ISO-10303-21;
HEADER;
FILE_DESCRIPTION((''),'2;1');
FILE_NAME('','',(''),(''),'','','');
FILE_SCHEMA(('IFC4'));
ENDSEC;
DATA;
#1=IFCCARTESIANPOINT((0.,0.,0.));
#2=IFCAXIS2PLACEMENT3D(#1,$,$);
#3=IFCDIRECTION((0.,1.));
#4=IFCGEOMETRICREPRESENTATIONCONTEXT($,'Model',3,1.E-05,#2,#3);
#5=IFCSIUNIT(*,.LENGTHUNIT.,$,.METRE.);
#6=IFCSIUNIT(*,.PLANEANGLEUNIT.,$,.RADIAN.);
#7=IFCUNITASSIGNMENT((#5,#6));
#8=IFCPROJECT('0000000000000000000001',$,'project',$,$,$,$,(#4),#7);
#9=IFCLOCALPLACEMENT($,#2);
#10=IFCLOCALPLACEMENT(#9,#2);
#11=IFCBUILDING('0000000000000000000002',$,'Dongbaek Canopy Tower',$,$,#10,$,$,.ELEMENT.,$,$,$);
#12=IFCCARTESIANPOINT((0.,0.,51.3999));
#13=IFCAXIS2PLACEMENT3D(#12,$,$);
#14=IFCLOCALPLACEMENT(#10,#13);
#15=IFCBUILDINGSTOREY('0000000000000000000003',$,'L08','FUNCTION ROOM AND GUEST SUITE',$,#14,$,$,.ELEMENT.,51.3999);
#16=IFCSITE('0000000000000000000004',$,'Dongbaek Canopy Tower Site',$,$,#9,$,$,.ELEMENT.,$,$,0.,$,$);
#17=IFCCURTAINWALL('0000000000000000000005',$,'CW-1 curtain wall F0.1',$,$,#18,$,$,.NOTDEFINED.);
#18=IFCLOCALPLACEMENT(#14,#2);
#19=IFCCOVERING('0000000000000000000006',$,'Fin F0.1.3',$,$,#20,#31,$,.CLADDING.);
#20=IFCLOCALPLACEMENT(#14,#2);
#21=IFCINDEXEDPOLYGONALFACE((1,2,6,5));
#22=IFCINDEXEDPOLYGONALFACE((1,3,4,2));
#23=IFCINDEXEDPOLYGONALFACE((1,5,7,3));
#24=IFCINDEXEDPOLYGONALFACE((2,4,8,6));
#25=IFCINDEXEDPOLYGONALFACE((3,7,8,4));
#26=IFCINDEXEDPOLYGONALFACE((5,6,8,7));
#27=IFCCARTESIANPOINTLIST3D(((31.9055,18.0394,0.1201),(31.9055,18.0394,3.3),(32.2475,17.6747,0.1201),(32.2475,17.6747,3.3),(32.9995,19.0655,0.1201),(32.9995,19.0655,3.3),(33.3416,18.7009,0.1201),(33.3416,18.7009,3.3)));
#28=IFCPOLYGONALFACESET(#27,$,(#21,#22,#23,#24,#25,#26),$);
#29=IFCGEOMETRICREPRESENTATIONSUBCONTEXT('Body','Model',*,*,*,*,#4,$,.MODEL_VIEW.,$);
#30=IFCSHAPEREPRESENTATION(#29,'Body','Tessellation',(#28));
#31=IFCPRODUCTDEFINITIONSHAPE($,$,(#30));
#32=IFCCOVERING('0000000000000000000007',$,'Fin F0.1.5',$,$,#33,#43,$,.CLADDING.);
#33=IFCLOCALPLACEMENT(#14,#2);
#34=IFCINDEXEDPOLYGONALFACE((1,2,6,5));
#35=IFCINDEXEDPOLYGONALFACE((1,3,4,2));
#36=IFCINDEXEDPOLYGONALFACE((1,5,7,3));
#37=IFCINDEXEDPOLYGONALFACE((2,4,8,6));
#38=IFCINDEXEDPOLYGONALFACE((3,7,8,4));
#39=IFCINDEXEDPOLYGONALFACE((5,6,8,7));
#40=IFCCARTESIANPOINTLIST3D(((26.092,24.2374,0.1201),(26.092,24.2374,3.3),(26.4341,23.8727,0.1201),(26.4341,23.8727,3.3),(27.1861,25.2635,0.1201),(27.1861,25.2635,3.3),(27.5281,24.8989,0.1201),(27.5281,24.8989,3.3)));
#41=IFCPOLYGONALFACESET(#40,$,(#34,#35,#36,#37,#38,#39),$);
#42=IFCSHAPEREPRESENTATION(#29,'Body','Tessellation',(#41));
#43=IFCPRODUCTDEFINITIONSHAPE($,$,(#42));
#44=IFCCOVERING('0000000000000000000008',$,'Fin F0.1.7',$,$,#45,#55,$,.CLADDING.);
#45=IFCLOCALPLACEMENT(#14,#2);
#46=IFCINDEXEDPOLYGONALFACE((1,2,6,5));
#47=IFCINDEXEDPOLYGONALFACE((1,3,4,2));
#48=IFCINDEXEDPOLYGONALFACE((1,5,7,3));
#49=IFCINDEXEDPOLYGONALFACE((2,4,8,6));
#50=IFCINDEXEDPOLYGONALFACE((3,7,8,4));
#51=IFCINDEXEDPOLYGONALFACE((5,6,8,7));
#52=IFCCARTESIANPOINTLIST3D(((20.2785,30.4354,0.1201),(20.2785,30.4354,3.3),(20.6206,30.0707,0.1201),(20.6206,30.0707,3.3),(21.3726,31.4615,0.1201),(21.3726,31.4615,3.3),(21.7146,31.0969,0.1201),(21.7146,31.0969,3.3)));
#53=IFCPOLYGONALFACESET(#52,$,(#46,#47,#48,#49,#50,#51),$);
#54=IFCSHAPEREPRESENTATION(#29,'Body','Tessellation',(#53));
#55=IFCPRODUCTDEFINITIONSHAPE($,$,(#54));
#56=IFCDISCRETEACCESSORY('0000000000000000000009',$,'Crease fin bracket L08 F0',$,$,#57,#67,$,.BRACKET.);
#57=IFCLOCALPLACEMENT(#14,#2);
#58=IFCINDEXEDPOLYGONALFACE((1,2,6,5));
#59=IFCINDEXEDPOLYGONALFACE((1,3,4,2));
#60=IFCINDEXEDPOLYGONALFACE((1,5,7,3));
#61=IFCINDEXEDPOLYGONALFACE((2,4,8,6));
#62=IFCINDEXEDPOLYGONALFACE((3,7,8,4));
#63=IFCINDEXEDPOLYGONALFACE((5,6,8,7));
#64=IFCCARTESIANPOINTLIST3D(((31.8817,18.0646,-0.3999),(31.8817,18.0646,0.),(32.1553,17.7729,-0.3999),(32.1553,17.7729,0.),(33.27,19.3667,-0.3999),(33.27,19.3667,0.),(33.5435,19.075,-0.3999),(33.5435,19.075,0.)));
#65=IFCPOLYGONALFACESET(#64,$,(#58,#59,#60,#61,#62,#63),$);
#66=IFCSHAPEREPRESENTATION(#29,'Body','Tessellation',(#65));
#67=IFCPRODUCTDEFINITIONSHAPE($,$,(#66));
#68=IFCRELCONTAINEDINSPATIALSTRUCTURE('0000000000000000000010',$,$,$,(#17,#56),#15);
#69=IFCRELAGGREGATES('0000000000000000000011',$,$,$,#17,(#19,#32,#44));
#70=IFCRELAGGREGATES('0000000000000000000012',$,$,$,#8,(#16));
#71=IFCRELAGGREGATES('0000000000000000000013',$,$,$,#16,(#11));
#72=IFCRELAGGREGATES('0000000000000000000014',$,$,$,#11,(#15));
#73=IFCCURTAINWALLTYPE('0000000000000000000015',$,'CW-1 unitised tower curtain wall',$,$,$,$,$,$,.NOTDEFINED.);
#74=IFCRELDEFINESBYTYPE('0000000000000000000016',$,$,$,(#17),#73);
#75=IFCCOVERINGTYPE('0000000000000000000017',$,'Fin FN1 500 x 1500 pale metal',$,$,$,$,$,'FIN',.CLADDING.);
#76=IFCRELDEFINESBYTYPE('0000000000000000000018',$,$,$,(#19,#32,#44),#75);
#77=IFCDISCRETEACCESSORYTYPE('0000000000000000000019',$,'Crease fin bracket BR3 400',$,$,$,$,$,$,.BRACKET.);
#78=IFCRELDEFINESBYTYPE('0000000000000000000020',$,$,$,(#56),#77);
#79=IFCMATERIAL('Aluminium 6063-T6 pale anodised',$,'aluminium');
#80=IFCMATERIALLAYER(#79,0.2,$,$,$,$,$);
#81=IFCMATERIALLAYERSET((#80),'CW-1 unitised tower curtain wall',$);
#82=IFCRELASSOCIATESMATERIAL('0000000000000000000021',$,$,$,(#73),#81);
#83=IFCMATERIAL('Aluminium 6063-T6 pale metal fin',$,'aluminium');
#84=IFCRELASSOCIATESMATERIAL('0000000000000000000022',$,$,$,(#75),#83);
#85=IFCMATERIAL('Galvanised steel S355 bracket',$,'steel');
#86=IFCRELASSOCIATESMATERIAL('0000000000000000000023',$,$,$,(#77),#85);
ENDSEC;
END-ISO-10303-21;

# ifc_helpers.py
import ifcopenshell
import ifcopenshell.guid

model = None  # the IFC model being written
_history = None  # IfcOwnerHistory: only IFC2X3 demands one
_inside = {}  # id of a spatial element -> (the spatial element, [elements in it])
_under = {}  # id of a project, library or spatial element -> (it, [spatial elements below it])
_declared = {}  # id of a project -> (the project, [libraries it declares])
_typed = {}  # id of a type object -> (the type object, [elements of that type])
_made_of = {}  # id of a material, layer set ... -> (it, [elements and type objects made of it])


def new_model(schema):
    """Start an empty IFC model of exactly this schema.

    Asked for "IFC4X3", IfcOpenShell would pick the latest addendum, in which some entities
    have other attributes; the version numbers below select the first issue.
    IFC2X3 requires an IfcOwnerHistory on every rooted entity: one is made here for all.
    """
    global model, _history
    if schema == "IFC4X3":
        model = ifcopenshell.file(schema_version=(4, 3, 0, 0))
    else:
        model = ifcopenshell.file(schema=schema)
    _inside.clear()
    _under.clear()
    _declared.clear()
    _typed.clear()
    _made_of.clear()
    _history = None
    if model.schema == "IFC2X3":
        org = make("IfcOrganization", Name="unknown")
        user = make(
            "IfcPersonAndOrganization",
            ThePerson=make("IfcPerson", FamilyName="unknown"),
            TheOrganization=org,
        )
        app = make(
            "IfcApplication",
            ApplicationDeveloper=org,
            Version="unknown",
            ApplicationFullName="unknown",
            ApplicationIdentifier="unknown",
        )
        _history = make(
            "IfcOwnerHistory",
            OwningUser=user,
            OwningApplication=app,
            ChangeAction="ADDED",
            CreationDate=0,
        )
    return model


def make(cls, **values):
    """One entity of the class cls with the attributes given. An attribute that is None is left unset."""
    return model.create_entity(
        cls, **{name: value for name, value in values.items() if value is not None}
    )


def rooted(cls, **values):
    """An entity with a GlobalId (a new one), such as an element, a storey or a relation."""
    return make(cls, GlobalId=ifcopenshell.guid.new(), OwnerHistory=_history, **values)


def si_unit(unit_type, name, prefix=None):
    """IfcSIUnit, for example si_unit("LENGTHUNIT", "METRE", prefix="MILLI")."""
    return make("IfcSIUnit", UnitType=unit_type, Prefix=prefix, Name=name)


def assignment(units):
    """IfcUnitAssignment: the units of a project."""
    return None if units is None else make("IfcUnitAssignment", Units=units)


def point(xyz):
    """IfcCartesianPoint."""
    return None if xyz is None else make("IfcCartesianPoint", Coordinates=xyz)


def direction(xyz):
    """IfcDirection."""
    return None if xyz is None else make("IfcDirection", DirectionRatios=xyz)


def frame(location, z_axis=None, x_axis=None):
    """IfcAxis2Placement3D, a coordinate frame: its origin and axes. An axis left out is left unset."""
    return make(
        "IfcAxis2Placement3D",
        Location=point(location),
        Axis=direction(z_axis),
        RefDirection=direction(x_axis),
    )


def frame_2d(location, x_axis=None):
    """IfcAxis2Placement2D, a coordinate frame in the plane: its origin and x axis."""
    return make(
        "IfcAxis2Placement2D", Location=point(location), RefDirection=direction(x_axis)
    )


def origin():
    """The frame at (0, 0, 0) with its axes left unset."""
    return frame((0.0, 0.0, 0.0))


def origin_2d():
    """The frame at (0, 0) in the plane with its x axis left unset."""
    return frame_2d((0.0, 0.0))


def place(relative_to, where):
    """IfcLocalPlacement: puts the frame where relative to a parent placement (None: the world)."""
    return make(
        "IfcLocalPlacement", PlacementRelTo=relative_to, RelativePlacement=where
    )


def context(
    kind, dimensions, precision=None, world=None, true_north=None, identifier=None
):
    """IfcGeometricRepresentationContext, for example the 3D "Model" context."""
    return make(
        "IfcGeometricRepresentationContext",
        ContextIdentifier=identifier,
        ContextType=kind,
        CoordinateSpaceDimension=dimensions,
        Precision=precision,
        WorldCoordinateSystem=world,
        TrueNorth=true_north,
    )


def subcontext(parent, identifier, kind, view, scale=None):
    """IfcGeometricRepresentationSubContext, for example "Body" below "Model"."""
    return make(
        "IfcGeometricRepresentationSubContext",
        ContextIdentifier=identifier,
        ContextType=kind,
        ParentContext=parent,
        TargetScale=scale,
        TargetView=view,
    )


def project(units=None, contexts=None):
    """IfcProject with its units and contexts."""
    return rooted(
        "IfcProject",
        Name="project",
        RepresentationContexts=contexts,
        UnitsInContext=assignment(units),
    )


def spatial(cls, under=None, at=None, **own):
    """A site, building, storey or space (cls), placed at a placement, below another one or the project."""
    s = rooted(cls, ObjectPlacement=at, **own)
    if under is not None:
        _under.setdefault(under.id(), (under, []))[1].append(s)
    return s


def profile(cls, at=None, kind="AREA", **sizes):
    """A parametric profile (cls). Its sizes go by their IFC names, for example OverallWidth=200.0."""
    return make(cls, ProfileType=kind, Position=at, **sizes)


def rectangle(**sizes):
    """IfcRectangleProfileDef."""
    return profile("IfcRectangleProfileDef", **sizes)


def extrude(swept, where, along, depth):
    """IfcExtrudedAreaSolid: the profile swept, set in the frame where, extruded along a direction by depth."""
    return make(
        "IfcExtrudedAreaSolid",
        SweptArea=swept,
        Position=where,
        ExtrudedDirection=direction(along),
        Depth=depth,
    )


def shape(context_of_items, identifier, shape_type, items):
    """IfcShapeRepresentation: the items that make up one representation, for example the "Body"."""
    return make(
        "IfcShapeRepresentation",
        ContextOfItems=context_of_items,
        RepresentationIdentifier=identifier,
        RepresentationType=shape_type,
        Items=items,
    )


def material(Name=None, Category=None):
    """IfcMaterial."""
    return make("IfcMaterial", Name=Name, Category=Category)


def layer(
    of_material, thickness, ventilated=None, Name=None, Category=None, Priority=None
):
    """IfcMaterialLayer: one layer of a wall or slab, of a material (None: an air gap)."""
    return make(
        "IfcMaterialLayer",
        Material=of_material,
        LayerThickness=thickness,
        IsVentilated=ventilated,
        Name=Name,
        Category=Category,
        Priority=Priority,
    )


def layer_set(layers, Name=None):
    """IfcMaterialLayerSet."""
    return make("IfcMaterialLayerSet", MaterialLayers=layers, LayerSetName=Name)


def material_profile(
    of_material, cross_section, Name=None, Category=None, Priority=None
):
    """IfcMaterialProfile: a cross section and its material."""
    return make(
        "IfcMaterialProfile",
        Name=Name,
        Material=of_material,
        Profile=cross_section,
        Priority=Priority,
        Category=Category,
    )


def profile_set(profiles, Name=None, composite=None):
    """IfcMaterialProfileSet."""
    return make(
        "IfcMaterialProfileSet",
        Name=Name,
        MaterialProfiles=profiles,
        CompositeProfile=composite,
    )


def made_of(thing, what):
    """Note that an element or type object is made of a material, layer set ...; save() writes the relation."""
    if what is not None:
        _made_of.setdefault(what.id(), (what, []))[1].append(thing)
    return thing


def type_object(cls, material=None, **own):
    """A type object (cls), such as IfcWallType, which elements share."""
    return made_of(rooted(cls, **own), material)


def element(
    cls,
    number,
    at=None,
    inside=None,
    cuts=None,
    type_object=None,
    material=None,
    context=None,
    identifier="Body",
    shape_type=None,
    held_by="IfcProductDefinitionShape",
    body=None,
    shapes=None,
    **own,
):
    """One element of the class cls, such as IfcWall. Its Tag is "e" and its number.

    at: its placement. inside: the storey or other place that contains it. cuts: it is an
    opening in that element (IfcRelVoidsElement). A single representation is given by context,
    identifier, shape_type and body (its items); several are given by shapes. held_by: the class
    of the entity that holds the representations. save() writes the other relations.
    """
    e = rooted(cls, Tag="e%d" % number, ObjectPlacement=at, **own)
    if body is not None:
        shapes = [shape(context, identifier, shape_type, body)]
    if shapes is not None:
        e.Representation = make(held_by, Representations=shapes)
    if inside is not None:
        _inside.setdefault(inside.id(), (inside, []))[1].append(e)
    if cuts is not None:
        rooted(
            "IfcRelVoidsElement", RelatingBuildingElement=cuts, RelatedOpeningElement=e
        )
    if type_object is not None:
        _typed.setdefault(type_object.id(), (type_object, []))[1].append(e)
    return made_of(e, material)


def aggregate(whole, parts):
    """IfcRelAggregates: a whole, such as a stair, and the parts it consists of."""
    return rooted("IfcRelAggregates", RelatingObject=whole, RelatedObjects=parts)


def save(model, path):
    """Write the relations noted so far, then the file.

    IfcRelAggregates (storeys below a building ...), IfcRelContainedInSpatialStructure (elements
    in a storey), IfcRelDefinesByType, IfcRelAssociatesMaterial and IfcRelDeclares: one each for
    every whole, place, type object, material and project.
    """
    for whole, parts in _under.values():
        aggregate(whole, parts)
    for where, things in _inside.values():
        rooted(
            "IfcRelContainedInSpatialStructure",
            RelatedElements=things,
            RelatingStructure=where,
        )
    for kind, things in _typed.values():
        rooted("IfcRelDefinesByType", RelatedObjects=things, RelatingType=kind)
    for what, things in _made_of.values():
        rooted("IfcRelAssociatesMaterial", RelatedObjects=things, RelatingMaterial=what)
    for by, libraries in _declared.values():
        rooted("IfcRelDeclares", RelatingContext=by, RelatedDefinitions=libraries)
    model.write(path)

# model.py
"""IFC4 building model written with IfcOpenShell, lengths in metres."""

from ifc_helpers import new_model, si_unit, direction, frame, origin, origin_2d, place, context, subcontext, project, spatial, rectangle, extrude, material, layer, layer_set, material_profile, profile_set, type_object, element, aggregate, save


model = new_model("IFC4")

# Units and contexts
model_context = context("Model", 3, precision=1e-05, world=origin(), true_north=direction((0.0, 1.0)))
body_context = subcontext(model_context, "Body", "Model", "MODEL_VIEW")
ifc_project = project(units=[si_unit("LENGTHUNIT", "METRE"), si_unit("PLANEANGLEUNIT", "RADIAN")], contexts=[model_context])

# Site, building, storey
site_placement = place(None, origin())
site = spatial("IfcSite", under=ifc_project, at=site_placement, Name="Dongbaek Canopy Tower Site", CompositionType="ELEMENT", RefElevation=0.0)
building_placement = place(site_placement, origin())
building = spatial("IfcBuilding", under=site, at=building_placement, Name="Dongbaek Canopy Tower", CompositionType="ELEMENT")
storey_placement = place(building_placement, frame((0.0, 0.0, 51.3999)))
storey = spatial("IfcBuildingStorey", under=building, at=storey_placement, Name="L08", Description="FUNCTION ROOM AND GUEST SUITE", CompositionType="ELEMENT", Elevation=51.3999)

# Curtain wall
ifc_material_1 = material(Name="Aluminium 6063-T6 pale anodised", Category="aluminium")
ifc_layer_1 = layer(ifc_material_1, 0.2)
ifc_layer_set_1 = layer_set([ifc_layer_1], Name="CW-1 unitised tower curtain wall")
curtain_wall_type = type_object("IfcCurtainWallType", Name="CW-1 unitised tower curtain wall", PredefinedType="NOTDEFINED", material=ifc_layer_set_1)
curtain_wall_placement = place(storey_placement, origin())
curtain_wall = element("IfcCurtainWall", 1, at=curtain_wall_placement, inside=storey, type_object=curtain_wall_type, Name="CW-1 curtain wall F0.1", PredefinedType="NOTDEFINED")

# Coverings
ifc_material_2 = material(Name="Aluminium 6063-T6 pale metal fin", Category="aluminium")
ifc_material_profile_1 = material_profile(ifc_material_2, rectangle(XDim=1.5, YDim=0.5, at=origin_2d()), Name="Fin FN1 500 x 1500 pale metal")
ifc_profile_set_1 = profile_set([ifc_material_profile_1], Name="Aluminium 6063-T6 pale metal fin")
covering_type_1 = type_object("IfcCoveringType", Name="Fin FN1 500 x 1500 pale metal", ElementType="FIN", PredefinedType="CLADDING", material=ifc_profile_set_1)
covering_1_placement = place(storey_placement, frame((32.6235, 18.3701, 0.1201), z_axis=(0.0, 0.0, 1.0), x_axis=(0.729369, 0.68412, 0.0)))
covering_1 = element("IfcCovering", 2, at=covering_1_placement, type_object=covering_type_1, Name="Fin F0.1.3", PredefinedType="CLADDING", context=body_context, shape_type="SweptSolid", body=[
    extrude(rectangle(XDim=1.5, YDim=0.5, at=origin_2d()), origin(), (0.0, 0.0, 1.0), 3.1799),
])
covering_2_placement = place(storey_placement, frame((26.8101, 24.5681, 0.1201), z_axis=(0.0, 0.0, 1.0), x_axis=(0.729369, 0.68412, 0.0)))
covering_2 = element("IfcCovering", 3, at=covering_2_placement, type_object=covering_type_1, Name="Fin F0.1.5", PredefinedType="CLADDING", context=body_context, shape_type="SweptSolid", body=[
    extrude(rectangle(XDim=1.5, YDim=0.5, at=origin_2d()), origin(), (0.0, 0.0, 1.0), 3.1799),
])
covering_3_placement = place(storey_placement, frame((20.9966, 30.7661, 0.1201), z_axis=(0.0, 0.0, 1.0), x_axis=(0.729369, 0.68412, 0.0)))
covering_3 = element("IfcCovering", 4, at=covering_3_placement, type_object=covering_type_1, Name="Fin F0.1.7", PredefinedType="CLADDING", context=body_context, shape_type="SweptSolid", body=[
    extrude(rectangle(XDim=1.5, YDim=0.5, at=origin_2d()), origin(), (0.0, 0.0, 1.0), 3.1799),
])
aggregate(curtain_wall, [covering_1, covering_2, covering_3])

# Discrete accessory
ifc_material_3 = material(Name="Galvanised steel S355 bracket", Category="steel")
discrete_accessory_type = type_object("IfcDiscreteAccessoryType", Name="Crease fin bracket BR3 400", PredefinedType="BRACKET", material=ifc_material_3)
discrete_accessory_placement = place(storey_placement, frame((32.7126, 18.5698, -0.3999), z_axis=(0.0, 0.0, 1.0), x_axis=(0.729369, 0.684121, 0.0)))
element("IfcDiscreteAccessory", 5, at=discrete_accessory_placement, inside=storey, type_object=discrete_accessory_type, Name="Crease fin bracket L08 F0", PredefinedType="BRACKET", context=body_context, shape_type="SweptSolid", body=[
    extrude(rectangle(XDim=1.9033, YDim=0.3999, at=origin_2d()), origin(), (0.0, 0.0, 1.0), 0.3999),
])

save(model, "model.ifc")
